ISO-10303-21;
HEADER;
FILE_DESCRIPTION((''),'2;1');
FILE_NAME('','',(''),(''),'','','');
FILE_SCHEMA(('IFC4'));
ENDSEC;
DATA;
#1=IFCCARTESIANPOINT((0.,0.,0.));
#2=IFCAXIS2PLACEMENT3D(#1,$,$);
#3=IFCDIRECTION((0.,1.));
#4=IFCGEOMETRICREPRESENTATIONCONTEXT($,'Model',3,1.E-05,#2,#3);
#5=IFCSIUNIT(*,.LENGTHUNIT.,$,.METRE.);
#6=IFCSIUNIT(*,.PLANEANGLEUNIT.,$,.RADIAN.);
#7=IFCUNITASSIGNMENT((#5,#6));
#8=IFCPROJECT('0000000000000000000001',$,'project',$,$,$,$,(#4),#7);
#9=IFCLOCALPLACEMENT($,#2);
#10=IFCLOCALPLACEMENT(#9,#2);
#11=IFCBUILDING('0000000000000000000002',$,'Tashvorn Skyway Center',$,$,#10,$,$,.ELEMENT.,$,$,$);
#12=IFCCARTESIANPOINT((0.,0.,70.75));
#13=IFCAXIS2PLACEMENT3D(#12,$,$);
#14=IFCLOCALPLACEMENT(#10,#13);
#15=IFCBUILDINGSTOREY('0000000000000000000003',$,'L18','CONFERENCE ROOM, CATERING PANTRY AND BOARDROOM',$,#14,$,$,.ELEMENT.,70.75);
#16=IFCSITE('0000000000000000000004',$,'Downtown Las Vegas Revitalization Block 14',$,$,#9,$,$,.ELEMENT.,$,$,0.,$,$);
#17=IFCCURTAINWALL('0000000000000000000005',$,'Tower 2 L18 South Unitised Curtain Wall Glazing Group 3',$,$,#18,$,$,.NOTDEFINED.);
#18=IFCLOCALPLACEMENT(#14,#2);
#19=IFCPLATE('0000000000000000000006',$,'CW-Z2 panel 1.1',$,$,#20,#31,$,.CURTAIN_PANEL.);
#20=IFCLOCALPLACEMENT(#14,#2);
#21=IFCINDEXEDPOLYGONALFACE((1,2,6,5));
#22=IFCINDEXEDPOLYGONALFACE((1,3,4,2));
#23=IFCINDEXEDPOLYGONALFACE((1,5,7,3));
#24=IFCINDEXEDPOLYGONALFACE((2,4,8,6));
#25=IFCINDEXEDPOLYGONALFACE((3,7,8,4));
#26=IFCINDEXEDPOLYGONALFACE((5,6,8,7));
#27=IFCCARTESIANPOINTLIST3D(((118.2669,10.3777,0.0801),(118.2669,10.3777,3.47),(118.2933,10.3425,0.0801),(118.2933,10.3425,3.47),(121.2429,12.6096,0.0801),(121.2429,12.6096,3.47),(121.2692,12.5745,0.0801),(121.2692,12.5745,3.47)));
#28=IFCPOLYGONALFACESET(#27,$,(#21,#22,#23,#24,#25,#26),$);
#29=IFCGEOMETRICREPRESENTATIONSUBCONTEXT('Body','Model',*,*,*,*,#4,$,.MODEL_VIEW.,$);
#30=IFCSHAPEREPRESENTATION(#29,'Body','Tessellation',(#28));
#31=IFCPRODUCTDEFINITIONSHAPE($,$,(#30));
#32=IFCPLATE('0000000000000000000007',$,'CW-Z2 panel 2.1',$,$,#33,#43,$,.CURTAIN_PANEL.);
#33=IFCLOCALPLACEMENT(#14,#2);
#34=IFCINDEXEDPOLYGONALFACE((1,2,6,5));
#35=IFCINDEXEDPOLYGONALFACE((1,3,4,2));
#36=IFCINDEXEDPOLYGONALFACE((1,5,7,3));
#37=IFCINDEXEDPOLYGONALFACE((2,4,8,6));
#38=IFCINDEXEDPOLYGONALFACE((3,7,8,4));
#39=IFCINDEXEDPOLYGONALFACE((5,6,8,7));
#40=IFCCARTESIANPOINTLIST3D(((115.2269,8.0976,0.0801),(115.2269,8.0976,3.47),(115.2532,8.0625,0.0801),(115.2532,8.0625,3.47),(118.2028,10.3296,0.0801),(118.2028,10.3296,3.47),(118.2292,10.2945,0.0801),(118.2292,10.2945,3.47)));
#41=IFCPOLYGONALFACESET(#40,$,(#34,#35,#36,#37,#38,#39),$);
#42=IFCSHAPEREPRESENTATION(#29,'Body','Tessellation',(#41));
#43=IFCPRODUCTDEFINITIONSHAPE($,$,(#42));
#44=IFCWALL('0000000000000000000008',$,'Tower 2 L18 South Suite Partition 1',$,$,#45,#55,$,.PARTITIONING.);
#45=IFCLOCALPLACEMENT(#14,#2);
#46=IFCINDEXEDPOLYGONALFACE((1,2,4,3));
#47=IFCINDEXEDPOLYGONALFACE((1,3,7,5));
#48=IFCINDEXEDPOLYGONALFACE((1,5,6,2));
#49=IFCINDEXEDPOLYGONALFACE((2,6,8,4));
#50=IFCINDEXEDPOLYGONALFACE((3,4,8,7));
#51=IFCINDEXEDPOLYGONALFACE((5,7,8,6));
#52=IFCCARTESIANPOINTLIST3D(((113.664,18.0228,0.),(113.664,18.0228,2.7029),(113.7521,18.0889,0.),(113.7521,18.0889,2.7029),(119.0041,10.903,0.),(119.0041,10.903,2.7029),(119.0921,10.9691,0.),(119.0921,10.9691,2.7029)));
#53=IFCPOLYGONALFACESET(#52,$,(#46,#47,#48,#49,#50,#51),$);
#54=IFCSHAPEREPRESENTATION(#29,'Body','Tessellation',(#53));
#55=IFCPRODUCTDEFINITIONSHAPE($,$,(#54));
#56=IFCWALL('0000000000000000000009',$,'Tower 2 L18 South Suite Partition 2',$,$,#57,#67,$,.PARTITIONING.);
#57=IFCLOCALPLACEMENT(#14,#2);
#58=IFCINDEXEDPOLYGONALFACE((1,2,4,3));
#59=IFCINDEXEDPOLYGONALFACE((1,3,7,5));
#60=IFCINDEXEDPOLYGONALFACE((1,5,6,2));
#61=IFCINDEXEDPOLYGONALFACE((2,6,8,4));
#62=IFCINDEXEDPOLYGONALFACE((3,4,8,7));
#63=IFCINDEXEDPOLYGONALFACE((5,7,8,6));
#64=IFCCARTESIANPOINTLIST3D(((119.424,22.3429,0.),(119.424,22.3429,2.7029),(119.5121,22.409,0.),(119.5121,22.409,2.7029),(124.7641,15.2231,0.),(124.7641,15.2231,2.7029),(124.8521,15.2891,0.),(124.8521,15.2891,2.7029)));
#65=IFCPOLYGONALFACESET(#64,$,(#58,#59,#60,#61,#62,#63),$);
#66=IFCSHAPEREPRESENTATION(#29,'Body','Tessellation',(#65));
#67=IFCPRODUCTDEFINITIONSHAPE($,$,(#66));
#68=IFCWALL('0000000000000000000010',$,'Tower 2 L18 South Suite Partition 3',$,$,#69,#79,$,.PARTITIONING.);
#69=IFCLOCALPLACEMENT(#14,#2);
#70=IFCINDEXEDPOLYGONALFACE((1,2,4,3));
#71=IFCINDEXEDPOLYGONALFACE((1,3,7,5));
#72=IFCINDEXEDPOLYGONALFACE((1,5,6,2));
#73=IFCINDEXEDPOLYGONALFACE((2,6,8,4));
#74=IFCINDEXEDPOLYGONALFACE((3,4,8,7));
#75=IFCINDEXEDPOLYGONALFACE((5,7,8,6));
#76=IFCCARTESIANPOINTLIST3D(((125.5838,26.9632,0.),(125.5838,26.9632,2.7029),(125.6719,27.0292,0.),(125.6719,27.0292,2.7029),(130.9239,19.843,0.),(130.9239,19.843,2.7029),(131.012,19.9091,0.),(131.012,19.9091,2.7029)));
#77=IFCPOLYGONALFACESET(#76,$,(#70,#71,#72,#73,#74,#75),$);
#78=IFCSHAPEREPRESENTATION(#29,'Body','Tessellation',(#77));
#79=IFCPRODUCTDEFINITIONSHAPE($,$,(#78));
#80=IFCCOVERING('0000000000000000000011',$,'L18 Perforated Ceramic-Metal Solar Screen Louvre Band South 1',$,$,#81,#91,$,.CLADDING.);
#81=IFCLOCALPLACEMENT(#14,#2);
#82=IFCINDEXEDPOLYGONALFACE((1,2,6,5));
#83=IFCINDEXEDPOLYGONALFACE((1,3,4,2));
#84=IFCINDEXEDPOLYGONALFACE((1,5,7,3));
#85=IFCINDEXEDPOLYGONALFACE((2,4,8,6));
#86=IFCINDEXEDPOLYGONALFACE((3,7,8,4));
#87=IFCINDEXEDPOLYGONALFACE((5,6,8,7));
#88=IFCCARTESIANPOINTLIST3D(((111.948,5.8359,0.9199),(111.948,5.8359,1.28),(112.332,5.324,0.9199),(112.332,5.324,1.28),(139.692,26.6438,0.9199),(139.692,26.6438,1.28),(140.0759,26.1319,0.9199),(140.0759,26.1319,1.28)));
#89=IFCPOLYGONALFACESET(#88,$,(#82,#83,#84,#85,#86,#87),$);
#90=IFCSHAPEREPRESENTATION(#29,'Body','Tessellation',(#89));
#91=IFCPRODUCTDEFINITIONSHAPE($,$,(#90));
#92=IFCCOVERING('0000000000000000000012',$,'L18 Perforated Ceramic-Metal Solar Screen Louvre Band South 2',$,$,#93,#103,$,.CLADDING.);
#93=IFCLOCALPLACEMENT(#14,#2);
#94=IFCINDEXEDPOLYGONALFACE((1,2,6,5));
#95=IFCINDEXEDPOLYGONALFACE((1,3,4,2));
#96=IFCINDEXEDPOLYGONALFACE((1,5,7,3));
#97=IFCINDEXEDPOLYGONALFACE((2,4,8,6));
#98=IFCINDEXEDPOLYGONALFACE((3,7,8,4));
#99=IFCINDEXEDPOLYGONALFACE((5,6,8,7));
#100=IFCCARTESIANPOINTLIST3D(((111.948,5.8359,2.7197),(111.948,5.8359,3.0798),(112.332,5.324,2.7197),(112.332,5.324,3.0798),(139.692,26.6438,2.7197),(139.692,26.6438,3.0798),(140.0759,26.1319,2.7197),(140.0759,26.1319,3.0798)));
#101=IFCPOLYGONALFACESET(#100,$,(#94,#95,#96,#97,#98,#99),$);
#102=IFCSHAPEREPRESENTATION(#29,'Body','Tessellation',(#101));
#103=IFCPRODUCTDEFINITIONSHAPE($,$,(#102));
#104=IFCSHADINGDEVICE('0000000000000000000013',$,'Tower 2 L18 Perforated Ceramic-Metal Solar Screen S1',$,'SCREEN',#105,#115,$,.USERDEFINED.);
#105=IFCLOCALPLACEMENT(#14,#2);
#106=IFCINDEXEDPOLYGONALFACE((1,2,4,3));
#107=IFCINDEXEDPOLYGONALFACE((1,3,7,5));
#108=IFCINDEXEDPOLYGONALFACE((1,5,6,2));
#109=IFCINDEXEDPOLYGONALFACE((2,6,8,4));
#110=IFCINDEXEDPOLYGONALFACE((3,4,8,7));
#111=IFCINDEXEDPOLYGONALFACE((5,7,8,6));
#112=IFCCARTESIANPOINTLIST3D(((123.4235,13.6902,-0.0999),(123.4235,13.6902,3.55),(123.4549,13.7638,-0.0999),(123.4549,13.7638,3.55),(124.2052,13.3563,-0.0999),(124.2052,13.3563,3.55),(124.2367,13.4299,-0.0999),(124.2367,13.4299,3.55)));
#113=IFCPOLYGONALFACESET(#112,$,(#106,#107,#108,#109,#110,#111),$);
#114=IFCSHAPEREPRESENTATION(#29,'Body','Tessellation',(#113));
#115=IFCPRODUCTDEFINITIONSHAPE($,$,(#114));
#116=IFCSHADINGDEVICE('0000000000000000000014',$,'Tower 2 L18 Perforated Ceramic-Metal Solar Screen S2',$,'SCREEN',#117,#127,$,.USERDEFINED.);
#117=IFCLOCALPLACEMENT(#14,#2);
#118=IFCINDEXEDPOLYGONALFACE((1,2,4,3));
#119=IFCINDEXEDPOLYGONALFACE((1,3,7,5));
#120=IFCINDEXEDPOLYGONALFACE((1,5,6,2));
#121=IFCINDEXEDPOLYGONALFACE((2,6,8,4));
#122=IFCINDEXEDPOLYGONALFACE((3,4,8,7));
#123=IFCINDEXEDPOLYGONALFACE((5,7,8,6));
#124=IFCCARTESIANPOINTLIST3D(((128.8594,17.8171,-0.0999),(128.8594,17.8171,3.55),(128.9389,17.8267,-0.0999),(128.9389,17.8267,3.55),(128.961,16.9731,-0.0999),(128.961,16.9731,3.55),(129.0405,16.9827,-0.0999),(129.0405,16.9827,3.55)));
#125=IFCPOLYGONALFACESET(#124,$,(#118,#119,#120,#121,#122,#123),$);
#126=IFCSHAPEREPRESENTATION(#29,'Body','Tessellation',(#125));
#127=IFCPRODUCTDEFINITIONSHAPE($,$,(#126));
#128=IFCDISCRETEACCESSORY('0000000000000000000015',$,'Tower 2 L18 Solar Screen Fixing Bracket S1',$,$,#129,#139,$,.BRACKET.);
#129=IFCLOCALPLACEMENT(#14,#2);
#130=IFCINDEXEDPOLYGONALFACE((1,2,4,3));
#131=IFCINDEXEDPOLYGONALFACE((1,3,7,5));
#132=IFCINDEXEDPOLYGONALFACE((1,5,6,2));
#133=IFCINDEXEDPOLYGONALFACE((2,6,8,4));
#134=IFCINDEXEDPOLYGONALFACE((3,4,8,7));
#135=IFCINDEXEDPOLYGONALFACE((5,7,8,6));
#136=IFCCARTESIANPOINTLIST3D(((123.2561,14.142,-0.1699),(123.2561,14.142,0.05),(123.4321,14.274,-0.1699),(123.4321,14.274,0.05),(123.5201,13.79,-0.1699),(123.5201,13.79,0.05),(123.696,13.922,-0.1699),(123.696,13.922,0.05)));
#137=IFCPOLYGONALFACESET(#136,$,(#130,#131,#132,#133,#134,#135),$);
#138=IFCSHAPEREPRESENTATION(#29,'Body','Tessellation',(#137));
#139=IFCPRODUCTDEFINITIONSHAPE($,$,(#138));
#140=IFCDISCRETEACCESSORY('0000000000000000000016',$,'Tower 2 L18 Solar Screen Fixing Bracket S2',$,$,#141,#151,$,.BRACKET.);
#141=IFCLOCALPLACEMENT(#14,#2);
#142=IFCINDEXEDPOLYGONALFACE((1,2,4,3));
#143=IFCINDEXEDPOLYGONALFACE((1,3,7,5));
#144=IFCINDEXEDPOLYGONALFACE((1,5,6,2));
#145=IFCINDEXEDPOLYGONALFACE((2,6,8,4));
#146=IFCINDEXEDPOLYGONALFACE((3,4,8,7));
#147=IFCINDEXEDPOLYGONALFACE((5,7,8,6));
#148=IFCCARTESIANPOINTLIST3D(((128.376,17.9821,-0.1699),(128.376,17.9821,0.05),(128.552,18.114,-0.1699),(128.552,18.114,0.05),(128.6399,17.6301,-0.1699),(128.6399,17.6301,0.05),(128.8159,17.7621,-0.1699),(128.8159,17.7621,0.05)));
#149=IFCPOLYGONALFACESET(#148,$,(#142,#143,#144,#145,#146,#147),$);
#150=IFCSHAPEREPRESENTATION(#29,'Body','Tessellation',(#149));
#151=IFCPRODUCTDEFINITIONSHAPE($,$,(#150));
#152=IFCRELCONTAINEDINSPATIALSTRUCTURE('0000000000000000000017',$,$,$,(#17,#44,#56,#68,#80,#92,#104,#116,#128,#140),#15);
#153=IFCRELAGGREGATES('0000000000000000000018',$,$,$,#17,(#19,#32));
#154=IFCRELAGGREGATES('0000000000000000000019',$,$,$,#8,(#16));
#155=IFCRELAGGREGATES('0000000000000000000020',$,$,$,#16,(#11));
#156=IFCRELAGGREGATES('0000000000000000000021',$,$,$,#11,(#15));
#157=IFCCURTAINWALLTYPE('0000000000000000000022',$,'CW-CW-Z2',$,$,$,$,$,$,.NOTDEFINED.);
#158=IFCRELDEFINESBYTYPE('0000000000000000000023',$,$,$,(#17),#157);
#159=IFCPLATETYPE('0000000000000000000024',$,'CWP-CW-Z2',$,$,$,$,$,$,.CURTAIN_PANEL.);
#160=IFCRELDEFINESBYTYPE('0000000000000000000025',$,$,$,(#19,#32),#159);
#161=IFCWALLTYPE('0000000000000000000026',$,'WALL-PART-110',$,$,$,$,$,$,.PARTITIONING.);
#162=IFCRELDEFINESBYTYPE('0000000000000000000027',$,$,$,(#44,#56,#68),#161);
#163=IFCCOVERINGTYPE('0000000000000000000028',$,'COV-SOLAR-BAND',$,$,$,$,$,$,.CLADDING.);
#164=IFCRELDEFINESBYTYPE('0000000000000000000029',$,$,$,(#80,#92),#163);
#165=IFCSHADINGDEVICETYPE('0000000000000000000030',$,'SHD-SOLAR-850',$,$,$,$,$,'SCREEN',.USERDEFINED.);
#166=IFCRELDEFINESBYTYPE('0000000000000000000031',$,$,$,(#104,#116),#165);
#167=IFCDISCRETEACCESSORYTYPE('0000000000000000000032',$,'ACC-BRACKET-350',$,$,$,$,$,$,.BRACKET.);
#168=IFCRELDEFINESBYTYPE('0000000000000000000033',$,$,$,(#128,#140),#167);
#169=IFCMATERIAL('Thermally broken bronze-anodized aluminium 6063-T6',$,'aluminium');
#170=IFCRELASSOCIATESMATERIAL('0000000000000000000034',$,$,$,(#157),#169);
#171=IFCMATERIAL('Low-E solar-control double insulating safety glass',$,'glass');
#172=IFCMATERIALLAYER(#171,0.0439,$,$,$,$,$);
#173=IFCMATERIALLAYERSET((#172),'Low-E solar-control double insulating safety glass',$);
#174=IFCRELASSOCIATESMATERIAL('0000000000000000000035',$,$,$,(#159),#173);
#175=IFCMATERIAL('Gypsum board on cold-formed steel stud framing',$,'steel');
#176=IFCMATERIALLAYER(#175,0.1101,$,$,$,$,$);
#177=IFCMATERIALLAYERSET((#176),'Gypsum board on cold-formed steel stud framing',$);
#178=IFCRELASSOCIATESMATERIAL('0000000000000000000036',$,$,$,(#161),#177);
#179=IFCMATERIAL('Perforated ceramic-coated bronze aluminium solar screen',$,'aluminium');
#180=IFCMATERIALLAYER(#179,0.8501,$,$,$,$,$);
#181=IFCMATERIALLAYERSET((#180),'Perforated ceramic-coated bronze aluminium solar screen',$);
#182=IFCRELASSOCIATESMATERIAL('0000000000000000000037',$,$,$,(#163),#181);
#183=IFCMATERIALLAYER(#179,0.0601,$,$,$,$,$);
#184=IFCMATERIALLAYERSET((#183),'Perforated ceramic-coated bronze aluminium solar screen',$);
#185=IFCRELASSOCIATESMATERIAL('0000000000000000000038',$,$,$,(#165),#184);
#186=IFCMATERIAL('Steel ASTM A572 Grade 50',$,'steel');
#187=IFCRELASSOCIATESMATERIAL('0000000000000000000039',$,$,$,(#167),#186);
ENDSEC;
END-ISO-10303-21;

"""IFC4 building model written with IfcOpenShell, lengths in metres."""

from ifc_helpers import new_model, si_unit, direction, frame, frame_2d, origin, origin_2d, place, context, subcontext, project, spatial, rectangle, extrude, material, layer, layer_set, type_object, element, aggregate, save


model = new_model("IFC4")

# Units and contexts
model_context = context("Model", 3, precision=1e-05, world=origin(), true_north=direction((0.0, 1.0)))
body_context = subcontext(model_context, "Body", "Model", "MODEL_VIEW")
ifc_project = project(units=[si_unit("LENGTHUNIT", "METRE"), si_unit("PLANEANGLEUNIT", "RADIAN")], contexts=[model_context])

# Site, building, storey
site_placement = place(None, origin())
site = spatial("IfcSite", under=ifc_project, at=site_placement, Name="Downtown Las Vegas Revitalization Block 14", CompositionType="ELEMENT", RefElevation=0.0)
building_placement = place(site_placement, origin())
building = spatial("IfcBuilding", under=site, at=building_placement, Name="Tashvorn Skyway Center", CompositionType="ELEMENT")
storey_placement = place(building_placement, frame((0.0, 0.0, 70.75)))
storey = spatial("IfcBuildingStorey", under=building, at=storey_placement, Name="L18", Description="CONFERENCE ROOM, CATERING PANTRY AND BOARDROOM", CompositionType="ELEMENT", Elevation=70.75)

# Shared definitions
ifc_material_1 = material(Name="Steel ASTM A572 Grade 50", Category="steel")

# Shared definitions
ifc_material_2 = material(Name="Thermally broken bronze-anodized aluminium 6063-T6", Category="aluminium")
curtain_wall_type = type_object("IfcCurtainWallType", Name="CW-CW-Z2", PredefinedType="NOTDEFINED", material=ifc_material_2)

# Curtain wall
curtain_wall_1_placement = place(storey_placement, origin())
curtain_wall_1 = element("IfcCurtainWall", 1, at=curtain_wall_1_placement, inside=storey, type_object=curtain_wall_type, Name="Tower 2 L18 South Unitised Curtain Wall Glazing Group 3", PredefinedType="NOTDEFINED")

# Plates
ifc_material_3 = material(Name="Low-E solar-control double insulating safety glass", Category="glass")
ifc_layer_1 = layer(ifc_material_3, 0.0439)
ifc_layer_set_1 = layer_set([ifc_layer_1], Name="Low-E solar-control double insulating safety glass")
plate_type = type_object("IfcPlateType", Name="CWP-CW-Z2", PredefinedType="CURTAIN_PANEL", material=ifc_layer_set_1)
plate_1_placement = place(storey_placement, frame((119.7681, 11.4761, 0.0801), z_axis=(0.0, 0.0, 1.0), x_axis=(-0.8, -0.6, 0.0)))
plate_1 = element("IfcPlate", 2, at=plate_1_placement, type_object=plate_type, Name="CW-Z2 panel 1.1", PredefinedType="CURTAIN_PANEL", context=body_context, shape_type="SweptSolid", body=[
    extrude(rectangle(XDim=3.72, YDim=0.0439, at=origin_2d()), origin(), (0.0, 0.0, 1.0), 3.3899),
])
plate_2_placement = place(storey_placement, frame((116.728, 9.196, 0.0801), z_axis=(0.0, 0.0, 1.0), x_axis=(-0.8, -0.6, 0.0)))
plate_2 = element("IfcPlate", 3, at=plate_2_placement, type_object=plate_type, Name="CW-Z2 panel 2.1", PredefinedType="CURTAIN_PANEL", context=body_context, shape_type="SweptSolid", body=[
    extrude(rectangle(XDim=3.72, YDim=0.0439, at=origin_2d()), origin(), (0.0, 0.0, 1.0), 3.3899),
])
aggregate(curtain_wall_1, [plate_1, plate_2])

# Walls
ifc_material_4 = material(Name="Gypsum board on cold-formed steel stud framing", Category="steel")
ifc_layer_2 = layer(ifc_material_4, 0.1101)
ifc_layer_set_2 = layer_set([ifc_layer_2], Name="Gypsum board on cold-formed steel stud framing")
wall_type = type_object("IfcWallType", Name="WALL-PART-110", PredefinedType="PARTITIONING", material=ifc_layer_set_2)
for number, where, z_axis, x_axis, name in (
    (4, (119.0481, 10.936, 0.0), (0.0, 0.0, 1.0), (-0.600013, 0.79999, 0.0), "Tower 2 L18 South Suite Partition 1"),
    (5, (124.8081, 15.2561, 0.0), (0.0, 0.0, 1.0), (-0.600013, 0.79999, 0.0), "Tower 2 L18 South Suite Partition 2"),
):
    element("IfcWall", number, at=place(storey_placement, frame(where, z_axis=z_axis, x_axis=x_axis)), inside=storey, type_object=wall_type, Name=name, PredefinedType="PARTITIONING", context=body_context, shape_type="SweptSolid", body=[
        extrude(rectangle(XDim=8.8999, YDim=0.1101, at=frame_2d((4.45, 0.0))), origin(), (0.0, 0.0, 1.0), 2.7029),
    ])
wall_placement = place(storey_placement, frame((130.968, 19.876, 0.0), z_axis=(0.0, 0.0, 1.0), x_axis=(-0.6, 0.8, 0.0)))
element("IfcWall", 6, at=wall_placement, inside=storey, type_object=wall_type, Name="Tower 2 L18 South Suite Partition 3", PredefinedType="PARTITIONING", context=body_context, shape_type="SweptSolid", body=[
    extrude(rectangle(XDim=8.9001, YDim=0.1101, at=frame_2d((4.4502, 0.0))), origin(), (0.0, 0.0, 1.0), 2.7029),
])

# Coverings
ifc_material_5 = material(Name="Perforated ceramic-coated bronze aluminium solar screen", Category="aluminium")
ifc_layer_3 = layer(ifc_material_5, 0.8501)
ifc_layer_set_3 = layer_set([ifc_layer_3], Name="Perforated ceramic-coated bronze aluminium solar screen")
covering_type = type_object("IfcCoveringType", Name="COV-SOLAR-BAND", PredefinedType="CLADDING", material=ifc_layer_set_3)
for number, where, z_axis, x_axis, name in (
    (7, (126.012, 15.9839, 0.9199), (0.0, 0.0, 1.0), (-0.8, -0.6, 0.0), "L18 Perforated Ceramic-Metal Solar Screen Louvre Band South 1"),
    (8, (126.012, 15.9839, 2.7197), (0.0, 0.0, 1.0), (-0.8, -0.6, 0.0), "L18 Perforated Ceramic-Metal Solar Screen Louvre Band South 2"),
):
    element("IfcCovering", number, at=place(storey_placement, frame(where, z_axis=z_axis, x_axis=x_axis)), inside=storey, type_object=covering_type, Name=name, PredefinedType="CLADDING", context=body_context, shape_type="SweptSolid", body=[
        extrude(rectangle(XDim=34.6799, YDim=0.6399, at=origin_2d()), origin(), (0.0, 0.0, 1.0), 0.3601),
    ])

# Shading devices
ifc_layer_4 = layer(ifc_material_5, 0.0601)
ifc_layer_set_4 = layer_set([ifc_layer_4], Name="Perforated ceramic-coated bronze aluminium solar screen")
shading_device_type = type_object("IfcShadingDeviceType", Name="SHD-SOLAR-850", ElementType="SCREEN", PredefinedType="USERDEFINED", material=ifc_layer_set_4)
for number, where, z_axis, x_axis, name in (
    (9, (123.8301, 13.5601, -0.0999), (0.0, 0.0, 1.0), (-0.39282, -0.919615, 0.0), "Tower 2 L18 Perforated Ceramic-Metal Solar Screen S1"),
    (10, (128.95, 17.3999, -0.0999), (0.0, 0.0, 1.0), (-0.99282, -0.119615, 0.0), "Tower 2 L18 Perforated Ceramic-Metal Solar Screen S2"),
):
    element("IfcShadingDevice", number, at=place(storey_placement, frame(where, z_axis=z_axis, x_axis=x_axis)), inside=storey, type_object=shading_device_type, Name=name, ObjectType="SCREEN", PredefinedType="USERDEFINED", context=body_context, shape_type="SweptSolid", body=[
        extrude(rectangle(XDim=0.0801, YDim=0.8501, at=origin_2d()), origin(), (0.0, 0.0, 1.0), 3.6499),
    ])

# Discrete accessories
discrete_accessory_type = type_object("IfcDiscreteAccessoryType", Name="ACC-BRACKET-350", PredefinedType="BRACKET", material=ifc_material_1)
for number, where, z_axis, x_axis, name in (
    (11, (123.4761, 14.032, -0.1699), (0.0, 0.0, 1.0), (-0.8, -0.6, 0.0), "Tower 2 L18 Solar Screen Fixing Bracket S1"),
    (12, (128.5959, 17.8721, -0.1699), (0.0, 0.0, 1.0), (-0.8, -0.6, 0.0), "Tower 2 L18 Solar Screen Fixing Bracket S2"),
):
    element("IfcDiscreteAccessory", number, at=place(storey_placement, frame(where, z_axis=z_axis, x_axis=x_axis)), inside=storey, type_object=discrete_accessory_type, Name=name, PredefinedType="BRACKET", context=body_context, shape_type="SweptSolid", body=[
        extrude(rectangle(XDim=0.22, YDim=0.4399, at=origin_2d()), origin(), (0.0, 0.0, 1.0), 0.22),
    ])

save(model, "model.ifc")
